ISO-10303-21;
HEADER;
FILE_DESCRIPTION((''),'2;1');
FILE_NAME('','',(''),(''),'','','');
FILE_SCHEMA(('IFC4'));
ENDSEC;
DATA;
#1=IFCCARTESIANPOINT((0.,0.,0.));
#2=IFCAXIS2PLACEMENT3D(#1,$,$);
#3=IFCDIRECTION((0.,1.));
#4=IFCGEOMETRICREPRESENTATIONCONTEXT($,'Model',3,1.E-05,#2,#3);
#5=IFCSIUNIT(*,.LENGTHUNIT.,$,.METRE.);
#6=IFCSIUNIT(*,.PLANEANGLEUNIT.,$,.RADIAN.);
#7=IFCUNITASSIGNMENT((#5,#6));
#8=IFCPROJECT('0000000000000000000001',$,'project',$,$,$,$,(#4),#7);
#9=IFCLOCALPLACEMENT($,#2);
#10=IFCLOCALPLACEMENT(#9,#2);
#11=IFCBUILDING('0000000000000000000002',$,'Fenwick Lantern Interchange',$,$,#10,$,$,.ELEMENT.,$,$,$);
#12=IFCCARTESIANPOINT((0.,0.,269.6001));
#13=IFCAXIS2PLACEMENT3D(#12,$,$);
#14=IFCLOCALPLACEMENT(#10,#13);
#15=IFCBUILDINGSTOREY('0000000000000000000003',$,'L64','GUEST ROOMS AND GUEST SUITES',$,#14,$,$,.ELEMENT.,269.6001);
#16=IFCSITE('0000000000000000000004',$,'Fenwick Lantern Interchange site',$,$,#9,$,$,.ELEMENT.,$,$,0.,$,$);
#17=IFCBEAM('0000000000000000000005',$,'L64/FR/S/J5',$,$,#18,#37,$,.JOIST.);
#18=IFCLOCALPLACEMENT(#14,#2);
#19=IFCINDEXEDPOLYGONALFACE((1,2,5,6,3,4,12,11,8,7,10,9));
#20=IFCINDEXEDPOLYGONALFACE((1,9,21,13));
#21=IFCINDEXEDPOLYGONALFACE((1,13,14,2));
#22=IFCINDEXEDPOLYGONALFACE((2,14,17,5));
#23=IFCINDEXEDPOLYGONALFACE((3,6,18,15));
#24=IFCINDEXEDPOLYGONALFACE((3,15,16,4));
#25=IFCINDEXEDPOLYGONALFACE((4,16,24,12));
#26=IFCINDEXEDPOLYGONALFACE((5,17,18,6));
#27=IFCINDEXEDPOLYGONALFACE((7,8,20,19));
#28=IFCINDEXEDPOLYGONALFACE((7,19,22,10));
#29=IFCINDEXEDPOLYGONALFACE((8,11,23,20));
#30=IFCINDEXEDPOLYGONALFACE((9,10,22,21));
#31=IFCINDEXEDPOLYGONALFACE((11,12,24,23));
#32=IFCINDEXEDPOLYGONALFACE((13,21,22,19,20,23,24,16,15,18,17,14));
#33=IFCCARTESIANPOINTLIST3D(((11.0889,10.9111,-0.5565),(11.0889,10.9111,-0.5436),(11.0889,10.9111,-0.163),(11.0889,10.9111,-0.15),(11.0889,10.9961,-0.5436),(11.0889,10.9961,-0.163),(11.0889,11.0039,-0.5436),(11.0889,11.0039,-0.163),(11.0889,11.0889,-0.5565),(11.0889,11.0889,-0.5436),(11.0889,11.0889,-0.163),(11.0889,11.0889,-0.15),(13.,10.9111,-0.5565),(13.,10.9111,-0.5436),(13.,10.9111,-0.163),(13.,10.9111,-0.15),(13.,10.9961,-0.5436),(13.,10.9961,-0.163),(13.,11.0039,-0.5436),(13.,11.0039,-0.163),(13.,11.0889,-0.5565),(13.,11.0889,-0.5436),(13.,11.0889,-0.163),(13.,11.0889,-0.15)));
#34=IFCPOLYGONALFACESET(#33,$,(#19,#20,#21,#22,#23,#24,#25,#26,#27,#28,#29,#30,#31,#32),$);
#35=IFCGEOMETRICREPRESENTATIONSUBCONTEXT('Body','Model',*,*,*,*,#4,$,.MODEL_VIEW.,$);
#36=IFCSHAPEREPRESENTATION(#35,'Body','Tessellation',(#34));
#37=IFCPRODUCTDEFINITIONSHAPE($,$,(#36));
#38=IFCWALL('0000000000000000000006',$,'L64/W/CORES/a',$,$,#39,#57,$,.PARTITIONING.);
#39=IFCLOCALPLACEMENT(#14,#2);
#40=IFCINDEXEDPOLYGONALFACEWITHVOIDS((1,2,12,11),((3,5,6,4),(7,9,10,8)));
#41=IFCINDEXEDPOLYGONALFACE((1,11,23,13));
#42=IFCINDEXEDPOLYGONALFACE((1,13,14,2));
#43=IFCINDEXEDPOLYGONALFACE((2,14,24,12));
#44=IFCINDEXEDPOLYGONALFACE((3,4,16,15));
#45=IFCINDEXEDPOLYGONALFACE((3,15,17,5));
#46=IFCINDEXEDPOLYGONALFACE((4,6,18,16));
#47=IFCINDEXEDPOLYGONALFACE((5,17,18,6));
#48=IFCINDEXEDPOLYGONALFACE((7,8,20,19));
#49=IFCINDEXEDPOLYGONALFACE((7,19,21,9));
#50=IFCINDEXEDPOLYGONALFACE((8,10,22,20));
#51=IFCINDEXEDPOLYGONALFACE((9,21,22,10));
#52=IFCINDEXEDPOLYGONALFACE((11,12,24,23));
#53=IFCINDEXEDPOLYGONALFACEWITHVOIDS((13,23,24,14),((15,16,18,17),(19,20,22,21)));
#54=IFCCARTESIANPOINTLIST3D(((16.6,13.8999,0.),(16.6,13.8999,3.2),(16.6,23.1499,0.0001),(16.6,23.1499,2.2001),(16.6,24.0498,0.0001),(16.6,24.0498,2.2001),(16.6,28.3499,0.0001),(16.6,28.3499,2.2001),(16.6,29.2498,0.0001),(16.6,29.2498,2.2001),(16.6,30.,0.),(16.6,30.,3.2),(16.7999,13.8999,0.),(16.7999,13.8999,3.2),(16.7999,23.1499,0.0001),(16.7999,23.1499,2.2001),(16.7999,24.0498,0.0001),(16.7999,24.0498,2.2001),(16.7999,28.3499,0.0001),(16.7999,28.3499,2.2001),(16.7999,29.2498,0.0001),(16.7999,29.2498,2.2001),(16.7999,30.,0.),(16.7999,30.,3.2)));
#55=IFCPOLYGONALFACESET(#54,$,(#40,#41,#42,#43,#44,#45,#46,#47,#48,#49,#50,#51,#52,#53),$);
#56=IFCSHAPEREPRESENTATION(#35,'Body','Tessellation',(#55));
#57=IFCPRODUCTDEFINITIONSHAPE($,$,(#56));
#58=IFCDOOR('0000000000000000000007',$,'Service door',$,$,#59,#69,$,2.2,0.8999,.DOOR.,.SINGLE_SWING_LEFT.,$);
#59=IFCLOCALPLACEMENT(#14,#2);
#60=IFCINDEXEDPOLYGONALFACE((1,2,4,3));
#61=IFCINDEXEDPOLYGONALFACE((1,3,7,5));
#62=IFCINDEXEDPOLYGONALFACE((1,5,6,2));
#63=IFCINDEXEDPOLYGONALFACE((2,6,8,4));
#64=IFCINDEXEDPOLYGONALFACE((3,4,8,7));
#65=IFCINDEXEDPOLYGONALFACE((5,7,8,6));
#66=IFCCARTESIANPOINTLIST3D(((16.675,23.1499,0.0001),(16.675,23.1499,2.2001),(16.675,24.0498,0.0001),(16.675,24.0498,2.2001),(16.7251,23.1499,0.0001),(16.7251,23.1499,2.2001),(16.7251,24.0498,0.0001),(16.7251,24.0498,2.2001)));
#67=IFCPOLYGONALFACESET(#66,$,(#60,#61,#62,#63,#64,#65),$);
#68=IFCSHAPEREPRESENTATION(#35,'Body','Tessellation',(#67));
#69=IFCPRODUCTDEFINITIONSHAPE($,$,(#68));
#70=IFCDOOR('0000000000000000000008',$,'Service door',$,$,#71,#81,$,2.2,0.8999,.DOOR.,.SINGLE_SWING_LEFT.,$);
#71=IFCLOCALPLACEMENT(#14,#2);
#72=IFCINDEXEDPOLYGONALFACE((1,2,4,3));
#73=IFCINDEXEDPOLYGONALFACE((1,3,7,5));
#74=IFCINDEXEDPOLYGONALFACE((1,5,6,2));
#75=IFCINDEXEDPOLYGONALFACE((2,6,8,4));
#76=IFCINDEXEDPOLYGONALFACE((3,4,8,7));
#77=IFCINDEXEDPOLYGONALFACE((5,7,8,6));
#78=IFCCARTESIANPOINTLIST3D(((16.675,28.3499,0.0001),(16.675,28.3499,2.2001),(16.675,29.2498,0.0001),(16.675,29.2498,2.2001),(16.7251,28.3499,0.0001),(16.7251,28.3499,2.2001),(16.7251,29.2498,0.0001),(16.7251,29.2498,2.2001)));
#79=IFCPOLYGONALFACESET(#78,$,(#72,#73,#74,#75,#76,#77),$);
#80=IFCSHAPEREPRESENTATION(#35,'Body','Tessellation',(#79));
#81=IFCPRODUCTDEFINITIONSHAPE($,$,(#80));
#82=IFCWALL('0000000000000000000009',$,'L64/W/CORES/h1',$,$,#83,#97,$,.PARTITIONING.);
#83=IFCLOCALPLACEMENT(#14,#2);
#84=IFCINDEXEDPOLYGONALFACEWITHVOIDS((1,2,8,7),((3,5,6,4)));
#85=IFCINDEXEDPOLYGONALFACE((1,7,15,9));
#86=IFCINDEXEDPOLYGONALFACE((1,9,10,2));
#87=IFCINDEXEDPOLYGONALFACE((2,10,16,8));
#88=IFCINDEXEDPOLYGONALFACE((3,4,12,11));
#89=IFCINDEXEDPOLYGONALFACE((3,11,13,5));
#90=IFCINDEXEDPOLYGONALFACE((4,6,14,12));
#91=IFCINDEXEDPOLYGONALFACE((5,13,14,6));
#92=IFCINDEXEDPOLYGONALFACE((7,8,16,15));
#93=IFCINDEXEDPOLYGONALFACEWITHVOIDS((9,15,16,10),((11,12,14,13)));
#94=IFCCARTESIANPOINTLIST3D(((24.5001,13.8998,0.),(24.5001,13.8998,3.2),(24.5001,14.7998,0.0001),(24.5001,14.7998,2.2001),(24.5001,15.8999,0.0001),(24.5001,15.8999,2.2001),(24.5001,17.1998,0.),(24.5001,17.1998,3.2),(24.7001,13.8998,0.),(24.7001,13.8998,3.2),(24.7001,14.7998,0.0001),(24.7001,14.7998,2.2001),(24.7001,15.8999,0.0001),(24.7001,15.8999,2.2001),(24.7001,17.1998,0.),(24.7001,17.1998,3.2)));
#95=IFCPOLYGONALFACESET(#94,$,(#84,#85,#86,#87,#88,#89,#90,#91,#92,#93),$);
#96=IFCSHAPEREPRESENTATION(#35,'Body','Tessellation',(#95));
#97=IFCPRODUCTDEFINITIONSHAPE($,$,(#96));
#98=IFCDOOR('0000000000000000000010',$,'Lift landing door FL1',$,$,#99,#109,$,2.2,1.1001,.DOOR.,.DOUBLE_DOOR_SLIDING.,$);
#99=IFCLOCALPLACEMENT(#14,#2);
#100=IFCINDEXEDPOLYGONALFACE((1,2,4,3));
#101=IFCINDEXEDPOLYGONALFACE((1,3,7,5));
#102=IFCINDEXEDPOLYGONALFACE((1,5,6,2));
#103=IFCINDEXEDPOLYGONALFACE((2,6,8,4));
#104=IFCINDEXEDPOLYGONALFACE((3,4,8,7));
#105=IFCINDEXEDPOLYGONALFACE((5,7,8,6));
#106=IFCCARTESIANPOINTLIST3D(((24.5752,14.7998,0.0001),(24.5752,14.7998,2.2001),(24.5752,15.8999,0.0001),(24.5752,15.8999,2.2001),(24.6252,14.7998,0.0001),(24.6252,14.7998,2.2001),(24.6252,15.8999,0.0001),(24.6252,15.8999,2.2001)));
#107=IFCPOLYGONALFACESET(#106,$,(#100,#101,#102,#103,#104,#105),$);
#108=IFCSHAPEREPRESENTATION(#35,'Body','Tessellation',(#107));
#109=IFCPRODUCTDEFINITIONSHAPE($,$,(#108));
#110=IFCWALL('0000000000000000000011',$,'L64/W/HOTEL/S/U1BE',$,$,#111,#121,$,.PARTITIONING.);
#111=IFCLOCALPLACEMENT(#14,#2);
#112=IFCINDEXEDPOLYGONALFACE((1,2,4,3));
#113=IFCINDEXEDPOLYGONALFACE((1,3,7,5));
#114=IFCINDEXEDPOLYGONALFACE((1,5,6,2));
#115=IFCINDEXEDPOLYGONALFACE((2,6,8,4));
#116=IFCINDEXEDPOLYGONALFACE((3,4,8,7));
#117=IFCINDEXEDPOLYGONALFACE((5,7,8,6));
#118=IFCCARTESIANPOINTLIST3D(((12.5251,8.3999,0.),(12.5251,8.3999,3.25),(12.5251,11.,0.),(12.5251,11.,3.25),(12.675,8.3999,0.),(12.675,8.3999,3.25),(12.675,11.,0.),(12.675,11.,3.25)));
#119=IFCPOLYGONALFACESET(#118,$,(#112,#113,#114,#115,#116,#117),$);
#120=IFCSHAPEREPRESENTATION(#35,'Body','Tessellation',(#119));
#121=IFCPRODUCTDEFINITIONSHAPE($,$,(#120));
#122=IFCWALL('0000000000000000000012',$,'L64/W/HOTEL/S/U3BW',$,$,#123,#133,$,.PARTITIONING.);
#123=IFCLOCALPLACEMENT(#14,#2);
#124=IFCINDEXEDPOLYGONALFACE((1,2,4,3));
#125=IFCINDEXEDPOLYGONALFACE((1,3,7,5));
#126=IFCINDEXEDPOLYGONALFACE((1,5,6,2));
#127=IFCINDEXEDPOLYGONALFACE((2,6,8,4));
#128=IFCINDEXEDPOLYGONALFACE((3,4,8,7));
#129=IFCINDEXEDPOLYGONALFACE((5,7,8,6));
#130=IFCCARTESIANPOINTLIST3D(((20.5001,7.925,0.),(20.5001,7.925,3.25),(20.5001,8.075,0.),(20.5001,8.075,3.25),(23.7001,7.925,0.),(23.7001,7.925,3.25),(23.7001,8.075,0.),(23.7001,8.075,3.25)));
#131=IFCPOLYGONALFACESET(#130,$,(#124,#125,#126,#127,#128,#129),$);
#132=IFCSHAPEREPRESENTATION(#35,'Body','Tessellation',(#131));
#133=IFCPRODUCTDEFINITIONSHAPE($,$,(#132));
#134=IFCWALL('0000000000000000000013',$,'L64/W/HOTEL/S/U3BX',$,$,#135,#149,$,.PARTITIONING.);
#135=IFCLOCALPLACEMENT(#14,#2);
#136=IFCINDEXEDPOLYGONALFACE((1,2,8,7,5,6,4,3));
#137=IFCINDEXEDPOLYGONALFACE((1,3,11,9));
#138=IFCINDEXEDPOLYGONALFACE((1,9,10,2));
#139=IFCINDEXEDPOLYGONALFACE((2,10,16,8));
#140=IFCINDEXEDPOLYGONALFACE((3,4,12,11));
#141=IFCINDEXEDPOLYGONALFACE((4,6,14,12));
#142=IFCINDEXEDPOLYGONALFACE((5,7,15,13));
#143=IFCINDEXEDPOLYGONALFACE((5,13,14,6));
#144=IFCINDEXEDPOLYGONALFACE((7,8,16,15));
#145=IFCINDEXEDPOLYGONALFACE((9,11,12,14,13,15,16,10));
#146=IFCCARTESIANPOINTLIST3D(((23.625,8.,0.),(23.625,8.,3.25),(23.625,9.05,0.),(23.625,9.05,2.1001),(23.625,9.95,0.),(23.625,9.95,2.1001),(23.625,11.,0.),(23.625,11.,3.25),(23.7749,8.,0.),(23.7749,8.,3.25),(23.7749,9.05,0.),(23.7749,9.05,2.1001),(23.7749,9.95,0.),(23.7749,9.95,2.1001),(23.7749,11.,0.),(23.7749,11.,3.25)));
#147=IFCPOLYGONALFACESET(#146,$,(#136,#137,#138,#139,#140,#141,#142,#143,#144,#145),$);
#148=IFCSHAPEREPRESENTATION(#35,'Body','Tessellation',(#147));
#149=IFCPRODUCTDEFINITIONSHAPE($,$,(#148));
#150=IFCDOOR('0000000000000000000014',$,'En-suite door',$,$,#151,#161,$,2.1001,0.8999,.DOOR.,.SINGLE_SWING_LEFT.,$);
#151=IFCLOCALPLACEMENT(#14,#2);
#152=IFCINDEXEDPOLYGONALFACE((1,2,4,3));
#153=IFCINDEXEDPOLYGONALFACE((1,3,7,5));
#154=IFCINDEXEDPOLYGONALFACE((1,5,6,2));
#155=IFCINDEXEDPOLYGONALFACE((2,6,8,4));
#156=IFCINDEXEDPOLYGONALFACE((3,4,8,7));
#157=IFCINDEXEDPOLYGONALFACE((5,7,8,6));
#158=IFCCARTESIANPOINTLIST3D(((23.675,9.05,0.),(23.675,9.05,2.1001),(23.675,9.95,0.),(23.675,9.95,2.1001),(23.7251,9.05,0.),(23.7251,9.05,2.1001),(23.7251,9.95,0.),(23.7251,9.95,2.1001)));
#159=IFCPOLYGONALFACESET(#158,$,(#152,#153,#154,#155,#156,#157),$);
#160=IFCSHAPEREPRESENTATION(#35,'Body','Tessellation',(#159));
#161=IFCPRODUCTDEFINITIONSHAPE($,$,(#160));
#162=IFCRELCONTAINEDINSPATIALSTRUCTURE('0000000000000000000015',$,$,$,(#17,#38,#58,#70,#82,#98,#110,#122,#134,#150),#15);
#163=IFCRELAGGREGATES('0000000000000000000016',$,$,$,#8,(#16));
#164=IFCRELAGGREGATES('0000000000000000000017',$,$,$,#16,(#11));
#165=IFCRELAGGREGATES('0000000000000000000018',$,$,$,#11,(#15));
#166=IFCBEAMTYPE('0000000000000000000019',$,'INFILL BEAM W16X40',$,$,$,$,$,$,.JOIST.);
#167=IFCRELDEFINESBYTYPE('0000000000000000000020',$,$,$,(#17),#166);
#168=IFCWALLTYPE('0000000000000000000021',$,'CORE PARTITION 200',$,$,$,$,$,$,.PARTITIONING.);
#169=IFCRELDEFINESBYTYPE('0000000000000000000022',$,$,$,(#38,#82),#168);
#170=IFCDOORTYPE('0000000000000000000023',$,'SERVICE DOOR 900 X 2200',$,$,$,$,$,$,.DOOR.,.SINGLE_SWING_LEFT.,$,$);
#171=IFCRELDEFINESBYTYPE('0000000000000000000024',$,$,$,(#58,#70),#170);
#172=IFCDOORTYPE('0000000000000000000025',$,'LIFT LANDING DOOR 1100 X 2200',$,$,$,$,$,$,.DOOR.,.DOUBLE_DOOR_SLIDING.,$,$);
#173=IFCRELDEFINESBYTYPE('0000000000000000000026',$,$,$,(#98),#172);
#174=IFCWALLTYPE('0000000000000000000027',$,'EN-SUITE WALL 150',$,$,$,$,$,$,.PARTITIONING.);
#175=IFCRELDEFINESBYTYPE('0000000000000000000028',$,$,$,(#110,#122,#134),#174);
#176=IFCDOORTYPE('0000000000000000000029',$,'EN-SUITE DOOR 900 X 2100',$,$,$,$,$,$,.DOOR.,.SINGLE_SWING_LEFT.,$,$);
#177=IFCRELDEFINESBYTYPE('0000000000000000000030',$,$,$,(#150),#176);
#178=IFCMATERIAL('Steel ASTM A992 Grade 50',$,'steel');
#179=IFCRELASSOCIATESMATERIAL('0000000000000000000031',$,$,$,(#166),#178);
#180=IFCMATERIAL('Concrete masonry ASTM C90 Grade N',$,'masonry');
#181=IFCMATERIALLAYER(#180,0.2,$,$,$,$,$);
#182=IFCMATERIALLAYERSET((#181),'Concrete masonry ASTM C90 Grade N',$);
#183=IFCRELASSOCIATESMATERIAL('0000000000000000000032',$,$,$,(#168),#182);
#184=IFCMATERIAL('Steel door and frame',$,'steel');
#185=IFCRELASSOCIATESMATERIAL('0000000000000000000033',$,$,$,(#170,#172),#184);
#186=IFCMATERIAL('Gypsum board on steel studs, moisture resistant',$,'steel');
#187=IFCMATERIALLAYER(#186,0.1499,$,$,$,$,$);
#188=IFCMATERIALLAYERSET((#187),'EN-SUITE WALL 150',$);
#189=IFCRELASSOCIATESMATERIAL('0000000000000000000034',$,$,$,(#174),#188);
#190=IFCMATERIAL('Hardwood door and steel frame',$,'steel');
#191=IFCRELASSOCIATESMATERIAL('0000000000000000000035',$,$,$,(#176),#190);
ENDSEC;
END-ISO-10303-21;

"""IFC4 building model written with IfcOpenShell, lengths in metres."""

from ifc_helpers import new_model, si_unit, direction, frame, frame_2d, origin, origin_2d, place, context, subcontext, project, spatial, rectangle, i_section, extrude, material, layer, layer_set, material_profile, profile_set, type_object, element, fill, save


model = new_model("IFC4")

# Units and contexts
model_context = context("Model", 3, precision=1e-05, world=origin(), true_north=direction((0.0, 1.0)))
body_context = subcontext(model_context, "Body", "Model", "MODEL_VIEW")
ifc_project = project(units=[si_unit("LENGTHUNIT", "METRE"), si_unit("PLANEANGLEUNIT", "RADIAN")], contexts=[model_context])

# Site, building, storey
site_placement = place(None, origin())
site = spatial("IfcSite", under=ifc_project, at=site_placement, Name="Fenwick Lantern Interchange site", CompositionType="ELEMENT", RefElevation=0.0)
building_placement = place(site_placement, origin())
building = spatial("IfcBuilding", under=site, at=building_placement, Name="Fenwick Lantern Interchange", CompositionType="ELEMENT")
storey_placement = place(building_placement, frame((0.0, 0.0, 269.6001)))
storey = spatial("IfcBuildingStorey", under=building, at=storey_placement, Name="L64", Description="GUEST ROOMS AND GUEST SUITES", CompositionType="ELEMENT", Elevation=269.6001)

# Beam
ifc_material_1 = material(Name="Steel ASTM A992 Grade 50", Category="steel")
ifc_material_profile = material_profile(ifc_material_1, i_section(OverallWidth=0.1777, OverallDepth=0.4065, WebThickness=0.0078, FlangeThickness=0.0129, at=origin_2d()), Name="W16X40")
ifc_profile_set = profile_set([ifc_material_profile], Name="Steel ASTM A992 Grade 50")
beam_type = type_object("IfcBeamType", Name="INFILL BEAM W16X40", PredefinedType="JOIST", material=ifc_profile_set)
beam_placement = place(storey_placement, frame((11.0889, 11.0, -0.3533), z_axis=(1.0, 0.0, 0.0), x_axis=(0.0, 1.0, 0.0)))
element("IfcBeam", 1, at=beam_placement, inside=storey, type_object=beam_type, Name="L64/FR/S/J5", PredefinedType="JOIST", context=body_context, shape_type="SweptSolid", body=[
    extrude(i_section(OverallWidth=0.1777, OverallDepth=0.4065, WebThickness=0.0078, FlangeThickness=0.0129, at=origin_2d()), origin(), (0.0, 0.0, 1.0), 1.9111),
])

# Wall, openings, doors
ifc_material_2 = material(Name="Concrete masonry ASTM C90 Grade N", Category="masonry")
ifc_layer_1 = layer(ifc_material_2, 0.2)
ifc_layer_set_1 = layer_set([ifc_layer_1], Name="Concrete masonry ASTM C90 Grade N")
wall_type_1 = type_object("IfcWallType", Name="CORE PARTITION 200", PredefinedType="PARTITIONING", material=ifc_layer_set_1)
wall_1_placement = place(storey_placement, frame((16.7, 13.8999, 0.0), z_axis=(0.0, 0.0, 1.0), x_axis=(0.0, 1.0, 0.0)))
wall_1 = element("IfcWall", 2, at=wall_1_placement, inside=storey, type_object=wall_type_1, Name="L64/W/CORES/a", PredefinedType="PARTITIONING", context=body_context, shape_type="SweptSolid", body=[
    extrude(rectangle(XDim=16.1001, YDim=0.2, at=frame_2d((8.05, 0.0))), origin(), (0.0, 0.0, 1.0), 3.2),
])
opening_1_placement = place(wall_1_placement, frame((9.25, 0.0, 0.0)))
opening_1 = element("IfcOpeningElement", 3, at=opening_1_placement, cuts=wall_1, PredefinedType="OPENING", context=body_context, shape_type="SweptSolid", body=[
    extrude(rectangle(XDim=0.8999, YDim=2.2, at=frame_2d((0.45, 1.1001))), frame((0.0, 0.1099, 0.0), z_axis=(0.0, -1.0, 0.0), x_axis=(1.0, 0.0, 0.0)), (0.0, 0.0, 1.0), 0.22),
])
opening_2_placement = place(wall_1_placement, frame((14.45, 0.0, 0.0)))
opening_2 = element("IfcOpeningElement", 4, at=opening_2_placement, cuts=wall_1, PredefinedType="OPENING", context=body_context, shape_type="SweptSolid", body=[
    extrude(rectangle(XDim=0.8999, YDim=2.2, at=frame_2d((0.45, 1.1001))), frame((0.0, 0.1099, 0.0), z_axis=(0.0, -1.0, 0.0), x_axis=(1.0, 0.0, 0.0)), (0.0, 0.0, 1.0), 0.22),
])
ifc_material_3 = material(Name="Steel door and frame", Category="steel")
door_type_1 = type_object("IfcDoorType", Name="SERVICE DOOR 900 X 2200", OperationType="SINGLE_SWING_LEFT", PredefinedType="DOOR", material=ifc_material_3)
door_1_placement = place(opening_1_placement, origin())
door_1 = element("IfcDoor", 5, at=door_1_placement, inside=storey, type_object=door_type_1, Name="Service door", OperationType="SINGLE_SWING_LEFT", OverallHeight=2.2, OverallWidth=0.8999, PredefinedType="DOOR", context=body_context, shape_type="SweptSolid", body=[
    extrude(rectangle(XDim=0.8999, YDim=2.2, at=frame_2d((0.45, 1.1001))), frame((0.0, 0.0249, 0.0), z_axis=(0.0, -1.0, 0.0), x_axis=(1.0, 0.0, 0.0)), (0.0, 0.0, 1.0), 0.05),
])
fill(opening_1, door_1)
door_2_placement = place(opening_2_placement, origin())
door_2 = element("IfcDoor", 6, at=door_2_placement, inside=storey, type_object=door_type_1, Name="Service door", OperationType="SINGLE_SWING_LEFT", OverallHeight=2.2, OverallWidth=0.8999, PredefinedType="DOOR", context=body_context, shape_type="SweptSolid", body=[
    extrude(rectangle(XDim=0.8999, YDim=2.2, at=frame_2d((0.45, 1.1001))), frame((0.0, 0.0249, 0.0), z_axis=(0.0, -1.0, 0.0), x_axis=(1.0, 0.0, 0.0)), (0.0, 0.0, 1.0), 0.05),
])
fill(opening_2, door_2)

# Wall, opening, door
wall_2_placement = place(storey_placement, frame((24.6001, 13.8999, 0.0), z_axis=(0.0, 0.0, 1.0), x_axis=(0.0, 1.0, 0.0)))
wall_2 = element("IfcWall", 7, at=wall_2_placement, inside=storey, type_object=wall_type_1, Name="L64/W/CORES/h1", PredefinedType="PARTITIONING", context=body_context, shape_type="SweptSolid", body=[
    extrude(rectangle(XDim=3.3, YDim=0.2, at=frame_2d((1.6499, 0.0))), origin(), (0.0, 0.0, 1.0), 3.2),
])
opening_3_placement = place(wall_2_placement, frame((0.8999, 0.0, 0.0)))
opening_3 = element("IfcOpeningElement", 8, at=opening_3_placement, cuts=wall_2, PredefinedType="OPENING", context=body_context, shape_type="SweptSolid", body=[
    extrude(rectangle(XDim=1.1001, YDim=2.2, at=frame_2d((0.55, 1.1001))), frame((0.0, 0.1099, 0.0), z_axis=(0.0, -1.0, 0.0), x_axis=(1.0, 0.0, 0.0)), (0.0, 0.0, 1.0), 0.22),
])
door_type_2 = type_object("IfcDoorType", Name="LIFT LANDING DOOR 1100 X 2200", OperationType="DOUBLE_DOOR_SLIDING", PredefinedType="DOOR", material=ifc_material_3)
door_3_placement = place(opening_3_placement, origin())
door_3 = element("IfcDoor", 9, at=door_3_placement, inside=storey, type_object=door_type_2, Name="Lift landing door FL1", OperationType="DOUBLE_DOOR_SLIDING", OverallHeight=2.2, OverallWidth=1.1001, PredefinedType="DOOR", context=body_context, shape_type="SweptSolid", body=[
    extrude(rectangle(XDim=1.1001, YDim=2.2, at=frame_2d((0.55, 1.1001))), frame((0.0, 0.0249, 0.0), z_axis=(0.0, -1.0, 0.0), x_axis=(1.0, 0.0, 0.0)), (0.0, 0.0, 1.0), 0.05),
])
fill(opening_3, door_3)

# Shared definitions
ifc_material_4 = material(Name="Hardwood door and steel frame", Category="steel")

# Walls
ifc_material_5 = material(Name="Gypsum board on steel studs, moisture resistant", Category="steel")
ifc_layer_2 = layer(ifc_material_5, 0.1499)
ifc_layer_set_2 = layer_set([ifc_layer_2], Name="EN-SUITE WALL 150")
wall_type_2 = type_object("IfcWallType", Name="EN-SUITE WALL 150", PredefinedType="PARTITIONING", material=ifc_layer_set_2)
wall_3_placement = place(storey_placement, frame((12.6001, 8.3999, 0.0), z_axis=(0.0, 0.0, 1.0), x_axis=(0.0, 1.0, 0.0)))
element("IfcWall", 10, at=wall_3_placement, inside=storey, type_object=wall_type_2, Name="L64/W/HOTEL/S/U1BE", PredefinedType="PARTITIONING", context=body_context, shape_type="SweptSolid", body=[
    extrude(rectangle(XDim=2.6001, YDim=0.1499, at=frame_2d((1.3, 0.0))), origin(), (0.0, 0.0, 1.0), 3.25),
])
wall_4_placement = place(storey_placement, frame((20.5, 8.0, 0.0), z_axis=(0.0, 0.0, 1.0), x_axis=(1.0, 0.0, 0.0)))
element("IfcWall", 11, at=wall_4_placement, inside=storey, type_object=wall_type_2, Name="L64/W/HOTEL/S/U3BW", PredefinedType="PARTITIONING", context=body_context, shape_type="SweptSolid", body=[
    extrude(rectangle(XDim=3.2, YDim=0.1499, at=frame_2d((1.6001, 0.0))), origin(), (0.0, 0.0, 1.0), 3.25),
])

# Wall, opening, door
wall_5_placement = place(storey_placement, frame((23.7, 8.0, 0.0), z_axis=(0.0, 0.0, 1.0), x_axis=(0.0, 1.0, 0.0)))
wall_5 = element("IfcWall", 12, at=wall_5_placement, inside=storey, type_object=wall_type_2, Name="L64/W/HOTEL/S/U3BX", PredefinedType="PARTITIONING", context=body_context, shape_type="SweptSolid", body=[
    extrude(rectangle(XDim=3.0, YDim=0.1499, at=frame_2d((1.5, 0.0))), origin(), (0.0, 0.0, 1.0), 3.25),
])
opening_4_placement = place(wall_5_placement, frame((1.05, 0.0, 0.0)))
opening_4 = element("IfcOpeningElement", 13, at=opening_4_placement, cuts=wall_5, PredefinedType="OPENING", context=body_context, shape_type="SweptSolid", body=[
    extrude(rectangle(XDim=0.8999, YDim=2.1001, at=frame_2d((0.45, 1.05))), frame((0.0, 0.085, 0.0), z_axis=(0.0, -1.0, 0.0), x_axis=(1.0, 0.0, 0.0)), (0.0, 0.0, 1.0), 0.1699),
])
door_type_3 = type_object("IfcDoorType", Name="EN-SUITE DOOR 900 X 2100", OperationType="SINGLE_SWING_LEFT", PredefinedType="DOOR", material=ifc_material_4)
door_4_placement = place(opening_4_placement, origin())
door_4 = element("IfcDoor", 14, at=door_4_placement, inside=storey, type_object=door_type_3, Name="En-suite door", OperationType="SINGLE_SWING_LEFT", OverallHeight=2.1001, OverallWidth=0.8999, PredefinedType="DOOR", context=body_context, shape_type="SweptSolid", body=[
    extrude(rectangle(XDim=0.8999, YDim=2.1001, at=frame_2d((0.45, 1.05))), frame((0.0, 0.0249, 0.0), z_axis=(0.0, -1.0, 0.0), x_axis=(1.0, 0.0, 0.0)), (0.0, 0.0, 1.0), 0.05),
])
fill(opening_4, door_4)

save(model, "model.ifc")
